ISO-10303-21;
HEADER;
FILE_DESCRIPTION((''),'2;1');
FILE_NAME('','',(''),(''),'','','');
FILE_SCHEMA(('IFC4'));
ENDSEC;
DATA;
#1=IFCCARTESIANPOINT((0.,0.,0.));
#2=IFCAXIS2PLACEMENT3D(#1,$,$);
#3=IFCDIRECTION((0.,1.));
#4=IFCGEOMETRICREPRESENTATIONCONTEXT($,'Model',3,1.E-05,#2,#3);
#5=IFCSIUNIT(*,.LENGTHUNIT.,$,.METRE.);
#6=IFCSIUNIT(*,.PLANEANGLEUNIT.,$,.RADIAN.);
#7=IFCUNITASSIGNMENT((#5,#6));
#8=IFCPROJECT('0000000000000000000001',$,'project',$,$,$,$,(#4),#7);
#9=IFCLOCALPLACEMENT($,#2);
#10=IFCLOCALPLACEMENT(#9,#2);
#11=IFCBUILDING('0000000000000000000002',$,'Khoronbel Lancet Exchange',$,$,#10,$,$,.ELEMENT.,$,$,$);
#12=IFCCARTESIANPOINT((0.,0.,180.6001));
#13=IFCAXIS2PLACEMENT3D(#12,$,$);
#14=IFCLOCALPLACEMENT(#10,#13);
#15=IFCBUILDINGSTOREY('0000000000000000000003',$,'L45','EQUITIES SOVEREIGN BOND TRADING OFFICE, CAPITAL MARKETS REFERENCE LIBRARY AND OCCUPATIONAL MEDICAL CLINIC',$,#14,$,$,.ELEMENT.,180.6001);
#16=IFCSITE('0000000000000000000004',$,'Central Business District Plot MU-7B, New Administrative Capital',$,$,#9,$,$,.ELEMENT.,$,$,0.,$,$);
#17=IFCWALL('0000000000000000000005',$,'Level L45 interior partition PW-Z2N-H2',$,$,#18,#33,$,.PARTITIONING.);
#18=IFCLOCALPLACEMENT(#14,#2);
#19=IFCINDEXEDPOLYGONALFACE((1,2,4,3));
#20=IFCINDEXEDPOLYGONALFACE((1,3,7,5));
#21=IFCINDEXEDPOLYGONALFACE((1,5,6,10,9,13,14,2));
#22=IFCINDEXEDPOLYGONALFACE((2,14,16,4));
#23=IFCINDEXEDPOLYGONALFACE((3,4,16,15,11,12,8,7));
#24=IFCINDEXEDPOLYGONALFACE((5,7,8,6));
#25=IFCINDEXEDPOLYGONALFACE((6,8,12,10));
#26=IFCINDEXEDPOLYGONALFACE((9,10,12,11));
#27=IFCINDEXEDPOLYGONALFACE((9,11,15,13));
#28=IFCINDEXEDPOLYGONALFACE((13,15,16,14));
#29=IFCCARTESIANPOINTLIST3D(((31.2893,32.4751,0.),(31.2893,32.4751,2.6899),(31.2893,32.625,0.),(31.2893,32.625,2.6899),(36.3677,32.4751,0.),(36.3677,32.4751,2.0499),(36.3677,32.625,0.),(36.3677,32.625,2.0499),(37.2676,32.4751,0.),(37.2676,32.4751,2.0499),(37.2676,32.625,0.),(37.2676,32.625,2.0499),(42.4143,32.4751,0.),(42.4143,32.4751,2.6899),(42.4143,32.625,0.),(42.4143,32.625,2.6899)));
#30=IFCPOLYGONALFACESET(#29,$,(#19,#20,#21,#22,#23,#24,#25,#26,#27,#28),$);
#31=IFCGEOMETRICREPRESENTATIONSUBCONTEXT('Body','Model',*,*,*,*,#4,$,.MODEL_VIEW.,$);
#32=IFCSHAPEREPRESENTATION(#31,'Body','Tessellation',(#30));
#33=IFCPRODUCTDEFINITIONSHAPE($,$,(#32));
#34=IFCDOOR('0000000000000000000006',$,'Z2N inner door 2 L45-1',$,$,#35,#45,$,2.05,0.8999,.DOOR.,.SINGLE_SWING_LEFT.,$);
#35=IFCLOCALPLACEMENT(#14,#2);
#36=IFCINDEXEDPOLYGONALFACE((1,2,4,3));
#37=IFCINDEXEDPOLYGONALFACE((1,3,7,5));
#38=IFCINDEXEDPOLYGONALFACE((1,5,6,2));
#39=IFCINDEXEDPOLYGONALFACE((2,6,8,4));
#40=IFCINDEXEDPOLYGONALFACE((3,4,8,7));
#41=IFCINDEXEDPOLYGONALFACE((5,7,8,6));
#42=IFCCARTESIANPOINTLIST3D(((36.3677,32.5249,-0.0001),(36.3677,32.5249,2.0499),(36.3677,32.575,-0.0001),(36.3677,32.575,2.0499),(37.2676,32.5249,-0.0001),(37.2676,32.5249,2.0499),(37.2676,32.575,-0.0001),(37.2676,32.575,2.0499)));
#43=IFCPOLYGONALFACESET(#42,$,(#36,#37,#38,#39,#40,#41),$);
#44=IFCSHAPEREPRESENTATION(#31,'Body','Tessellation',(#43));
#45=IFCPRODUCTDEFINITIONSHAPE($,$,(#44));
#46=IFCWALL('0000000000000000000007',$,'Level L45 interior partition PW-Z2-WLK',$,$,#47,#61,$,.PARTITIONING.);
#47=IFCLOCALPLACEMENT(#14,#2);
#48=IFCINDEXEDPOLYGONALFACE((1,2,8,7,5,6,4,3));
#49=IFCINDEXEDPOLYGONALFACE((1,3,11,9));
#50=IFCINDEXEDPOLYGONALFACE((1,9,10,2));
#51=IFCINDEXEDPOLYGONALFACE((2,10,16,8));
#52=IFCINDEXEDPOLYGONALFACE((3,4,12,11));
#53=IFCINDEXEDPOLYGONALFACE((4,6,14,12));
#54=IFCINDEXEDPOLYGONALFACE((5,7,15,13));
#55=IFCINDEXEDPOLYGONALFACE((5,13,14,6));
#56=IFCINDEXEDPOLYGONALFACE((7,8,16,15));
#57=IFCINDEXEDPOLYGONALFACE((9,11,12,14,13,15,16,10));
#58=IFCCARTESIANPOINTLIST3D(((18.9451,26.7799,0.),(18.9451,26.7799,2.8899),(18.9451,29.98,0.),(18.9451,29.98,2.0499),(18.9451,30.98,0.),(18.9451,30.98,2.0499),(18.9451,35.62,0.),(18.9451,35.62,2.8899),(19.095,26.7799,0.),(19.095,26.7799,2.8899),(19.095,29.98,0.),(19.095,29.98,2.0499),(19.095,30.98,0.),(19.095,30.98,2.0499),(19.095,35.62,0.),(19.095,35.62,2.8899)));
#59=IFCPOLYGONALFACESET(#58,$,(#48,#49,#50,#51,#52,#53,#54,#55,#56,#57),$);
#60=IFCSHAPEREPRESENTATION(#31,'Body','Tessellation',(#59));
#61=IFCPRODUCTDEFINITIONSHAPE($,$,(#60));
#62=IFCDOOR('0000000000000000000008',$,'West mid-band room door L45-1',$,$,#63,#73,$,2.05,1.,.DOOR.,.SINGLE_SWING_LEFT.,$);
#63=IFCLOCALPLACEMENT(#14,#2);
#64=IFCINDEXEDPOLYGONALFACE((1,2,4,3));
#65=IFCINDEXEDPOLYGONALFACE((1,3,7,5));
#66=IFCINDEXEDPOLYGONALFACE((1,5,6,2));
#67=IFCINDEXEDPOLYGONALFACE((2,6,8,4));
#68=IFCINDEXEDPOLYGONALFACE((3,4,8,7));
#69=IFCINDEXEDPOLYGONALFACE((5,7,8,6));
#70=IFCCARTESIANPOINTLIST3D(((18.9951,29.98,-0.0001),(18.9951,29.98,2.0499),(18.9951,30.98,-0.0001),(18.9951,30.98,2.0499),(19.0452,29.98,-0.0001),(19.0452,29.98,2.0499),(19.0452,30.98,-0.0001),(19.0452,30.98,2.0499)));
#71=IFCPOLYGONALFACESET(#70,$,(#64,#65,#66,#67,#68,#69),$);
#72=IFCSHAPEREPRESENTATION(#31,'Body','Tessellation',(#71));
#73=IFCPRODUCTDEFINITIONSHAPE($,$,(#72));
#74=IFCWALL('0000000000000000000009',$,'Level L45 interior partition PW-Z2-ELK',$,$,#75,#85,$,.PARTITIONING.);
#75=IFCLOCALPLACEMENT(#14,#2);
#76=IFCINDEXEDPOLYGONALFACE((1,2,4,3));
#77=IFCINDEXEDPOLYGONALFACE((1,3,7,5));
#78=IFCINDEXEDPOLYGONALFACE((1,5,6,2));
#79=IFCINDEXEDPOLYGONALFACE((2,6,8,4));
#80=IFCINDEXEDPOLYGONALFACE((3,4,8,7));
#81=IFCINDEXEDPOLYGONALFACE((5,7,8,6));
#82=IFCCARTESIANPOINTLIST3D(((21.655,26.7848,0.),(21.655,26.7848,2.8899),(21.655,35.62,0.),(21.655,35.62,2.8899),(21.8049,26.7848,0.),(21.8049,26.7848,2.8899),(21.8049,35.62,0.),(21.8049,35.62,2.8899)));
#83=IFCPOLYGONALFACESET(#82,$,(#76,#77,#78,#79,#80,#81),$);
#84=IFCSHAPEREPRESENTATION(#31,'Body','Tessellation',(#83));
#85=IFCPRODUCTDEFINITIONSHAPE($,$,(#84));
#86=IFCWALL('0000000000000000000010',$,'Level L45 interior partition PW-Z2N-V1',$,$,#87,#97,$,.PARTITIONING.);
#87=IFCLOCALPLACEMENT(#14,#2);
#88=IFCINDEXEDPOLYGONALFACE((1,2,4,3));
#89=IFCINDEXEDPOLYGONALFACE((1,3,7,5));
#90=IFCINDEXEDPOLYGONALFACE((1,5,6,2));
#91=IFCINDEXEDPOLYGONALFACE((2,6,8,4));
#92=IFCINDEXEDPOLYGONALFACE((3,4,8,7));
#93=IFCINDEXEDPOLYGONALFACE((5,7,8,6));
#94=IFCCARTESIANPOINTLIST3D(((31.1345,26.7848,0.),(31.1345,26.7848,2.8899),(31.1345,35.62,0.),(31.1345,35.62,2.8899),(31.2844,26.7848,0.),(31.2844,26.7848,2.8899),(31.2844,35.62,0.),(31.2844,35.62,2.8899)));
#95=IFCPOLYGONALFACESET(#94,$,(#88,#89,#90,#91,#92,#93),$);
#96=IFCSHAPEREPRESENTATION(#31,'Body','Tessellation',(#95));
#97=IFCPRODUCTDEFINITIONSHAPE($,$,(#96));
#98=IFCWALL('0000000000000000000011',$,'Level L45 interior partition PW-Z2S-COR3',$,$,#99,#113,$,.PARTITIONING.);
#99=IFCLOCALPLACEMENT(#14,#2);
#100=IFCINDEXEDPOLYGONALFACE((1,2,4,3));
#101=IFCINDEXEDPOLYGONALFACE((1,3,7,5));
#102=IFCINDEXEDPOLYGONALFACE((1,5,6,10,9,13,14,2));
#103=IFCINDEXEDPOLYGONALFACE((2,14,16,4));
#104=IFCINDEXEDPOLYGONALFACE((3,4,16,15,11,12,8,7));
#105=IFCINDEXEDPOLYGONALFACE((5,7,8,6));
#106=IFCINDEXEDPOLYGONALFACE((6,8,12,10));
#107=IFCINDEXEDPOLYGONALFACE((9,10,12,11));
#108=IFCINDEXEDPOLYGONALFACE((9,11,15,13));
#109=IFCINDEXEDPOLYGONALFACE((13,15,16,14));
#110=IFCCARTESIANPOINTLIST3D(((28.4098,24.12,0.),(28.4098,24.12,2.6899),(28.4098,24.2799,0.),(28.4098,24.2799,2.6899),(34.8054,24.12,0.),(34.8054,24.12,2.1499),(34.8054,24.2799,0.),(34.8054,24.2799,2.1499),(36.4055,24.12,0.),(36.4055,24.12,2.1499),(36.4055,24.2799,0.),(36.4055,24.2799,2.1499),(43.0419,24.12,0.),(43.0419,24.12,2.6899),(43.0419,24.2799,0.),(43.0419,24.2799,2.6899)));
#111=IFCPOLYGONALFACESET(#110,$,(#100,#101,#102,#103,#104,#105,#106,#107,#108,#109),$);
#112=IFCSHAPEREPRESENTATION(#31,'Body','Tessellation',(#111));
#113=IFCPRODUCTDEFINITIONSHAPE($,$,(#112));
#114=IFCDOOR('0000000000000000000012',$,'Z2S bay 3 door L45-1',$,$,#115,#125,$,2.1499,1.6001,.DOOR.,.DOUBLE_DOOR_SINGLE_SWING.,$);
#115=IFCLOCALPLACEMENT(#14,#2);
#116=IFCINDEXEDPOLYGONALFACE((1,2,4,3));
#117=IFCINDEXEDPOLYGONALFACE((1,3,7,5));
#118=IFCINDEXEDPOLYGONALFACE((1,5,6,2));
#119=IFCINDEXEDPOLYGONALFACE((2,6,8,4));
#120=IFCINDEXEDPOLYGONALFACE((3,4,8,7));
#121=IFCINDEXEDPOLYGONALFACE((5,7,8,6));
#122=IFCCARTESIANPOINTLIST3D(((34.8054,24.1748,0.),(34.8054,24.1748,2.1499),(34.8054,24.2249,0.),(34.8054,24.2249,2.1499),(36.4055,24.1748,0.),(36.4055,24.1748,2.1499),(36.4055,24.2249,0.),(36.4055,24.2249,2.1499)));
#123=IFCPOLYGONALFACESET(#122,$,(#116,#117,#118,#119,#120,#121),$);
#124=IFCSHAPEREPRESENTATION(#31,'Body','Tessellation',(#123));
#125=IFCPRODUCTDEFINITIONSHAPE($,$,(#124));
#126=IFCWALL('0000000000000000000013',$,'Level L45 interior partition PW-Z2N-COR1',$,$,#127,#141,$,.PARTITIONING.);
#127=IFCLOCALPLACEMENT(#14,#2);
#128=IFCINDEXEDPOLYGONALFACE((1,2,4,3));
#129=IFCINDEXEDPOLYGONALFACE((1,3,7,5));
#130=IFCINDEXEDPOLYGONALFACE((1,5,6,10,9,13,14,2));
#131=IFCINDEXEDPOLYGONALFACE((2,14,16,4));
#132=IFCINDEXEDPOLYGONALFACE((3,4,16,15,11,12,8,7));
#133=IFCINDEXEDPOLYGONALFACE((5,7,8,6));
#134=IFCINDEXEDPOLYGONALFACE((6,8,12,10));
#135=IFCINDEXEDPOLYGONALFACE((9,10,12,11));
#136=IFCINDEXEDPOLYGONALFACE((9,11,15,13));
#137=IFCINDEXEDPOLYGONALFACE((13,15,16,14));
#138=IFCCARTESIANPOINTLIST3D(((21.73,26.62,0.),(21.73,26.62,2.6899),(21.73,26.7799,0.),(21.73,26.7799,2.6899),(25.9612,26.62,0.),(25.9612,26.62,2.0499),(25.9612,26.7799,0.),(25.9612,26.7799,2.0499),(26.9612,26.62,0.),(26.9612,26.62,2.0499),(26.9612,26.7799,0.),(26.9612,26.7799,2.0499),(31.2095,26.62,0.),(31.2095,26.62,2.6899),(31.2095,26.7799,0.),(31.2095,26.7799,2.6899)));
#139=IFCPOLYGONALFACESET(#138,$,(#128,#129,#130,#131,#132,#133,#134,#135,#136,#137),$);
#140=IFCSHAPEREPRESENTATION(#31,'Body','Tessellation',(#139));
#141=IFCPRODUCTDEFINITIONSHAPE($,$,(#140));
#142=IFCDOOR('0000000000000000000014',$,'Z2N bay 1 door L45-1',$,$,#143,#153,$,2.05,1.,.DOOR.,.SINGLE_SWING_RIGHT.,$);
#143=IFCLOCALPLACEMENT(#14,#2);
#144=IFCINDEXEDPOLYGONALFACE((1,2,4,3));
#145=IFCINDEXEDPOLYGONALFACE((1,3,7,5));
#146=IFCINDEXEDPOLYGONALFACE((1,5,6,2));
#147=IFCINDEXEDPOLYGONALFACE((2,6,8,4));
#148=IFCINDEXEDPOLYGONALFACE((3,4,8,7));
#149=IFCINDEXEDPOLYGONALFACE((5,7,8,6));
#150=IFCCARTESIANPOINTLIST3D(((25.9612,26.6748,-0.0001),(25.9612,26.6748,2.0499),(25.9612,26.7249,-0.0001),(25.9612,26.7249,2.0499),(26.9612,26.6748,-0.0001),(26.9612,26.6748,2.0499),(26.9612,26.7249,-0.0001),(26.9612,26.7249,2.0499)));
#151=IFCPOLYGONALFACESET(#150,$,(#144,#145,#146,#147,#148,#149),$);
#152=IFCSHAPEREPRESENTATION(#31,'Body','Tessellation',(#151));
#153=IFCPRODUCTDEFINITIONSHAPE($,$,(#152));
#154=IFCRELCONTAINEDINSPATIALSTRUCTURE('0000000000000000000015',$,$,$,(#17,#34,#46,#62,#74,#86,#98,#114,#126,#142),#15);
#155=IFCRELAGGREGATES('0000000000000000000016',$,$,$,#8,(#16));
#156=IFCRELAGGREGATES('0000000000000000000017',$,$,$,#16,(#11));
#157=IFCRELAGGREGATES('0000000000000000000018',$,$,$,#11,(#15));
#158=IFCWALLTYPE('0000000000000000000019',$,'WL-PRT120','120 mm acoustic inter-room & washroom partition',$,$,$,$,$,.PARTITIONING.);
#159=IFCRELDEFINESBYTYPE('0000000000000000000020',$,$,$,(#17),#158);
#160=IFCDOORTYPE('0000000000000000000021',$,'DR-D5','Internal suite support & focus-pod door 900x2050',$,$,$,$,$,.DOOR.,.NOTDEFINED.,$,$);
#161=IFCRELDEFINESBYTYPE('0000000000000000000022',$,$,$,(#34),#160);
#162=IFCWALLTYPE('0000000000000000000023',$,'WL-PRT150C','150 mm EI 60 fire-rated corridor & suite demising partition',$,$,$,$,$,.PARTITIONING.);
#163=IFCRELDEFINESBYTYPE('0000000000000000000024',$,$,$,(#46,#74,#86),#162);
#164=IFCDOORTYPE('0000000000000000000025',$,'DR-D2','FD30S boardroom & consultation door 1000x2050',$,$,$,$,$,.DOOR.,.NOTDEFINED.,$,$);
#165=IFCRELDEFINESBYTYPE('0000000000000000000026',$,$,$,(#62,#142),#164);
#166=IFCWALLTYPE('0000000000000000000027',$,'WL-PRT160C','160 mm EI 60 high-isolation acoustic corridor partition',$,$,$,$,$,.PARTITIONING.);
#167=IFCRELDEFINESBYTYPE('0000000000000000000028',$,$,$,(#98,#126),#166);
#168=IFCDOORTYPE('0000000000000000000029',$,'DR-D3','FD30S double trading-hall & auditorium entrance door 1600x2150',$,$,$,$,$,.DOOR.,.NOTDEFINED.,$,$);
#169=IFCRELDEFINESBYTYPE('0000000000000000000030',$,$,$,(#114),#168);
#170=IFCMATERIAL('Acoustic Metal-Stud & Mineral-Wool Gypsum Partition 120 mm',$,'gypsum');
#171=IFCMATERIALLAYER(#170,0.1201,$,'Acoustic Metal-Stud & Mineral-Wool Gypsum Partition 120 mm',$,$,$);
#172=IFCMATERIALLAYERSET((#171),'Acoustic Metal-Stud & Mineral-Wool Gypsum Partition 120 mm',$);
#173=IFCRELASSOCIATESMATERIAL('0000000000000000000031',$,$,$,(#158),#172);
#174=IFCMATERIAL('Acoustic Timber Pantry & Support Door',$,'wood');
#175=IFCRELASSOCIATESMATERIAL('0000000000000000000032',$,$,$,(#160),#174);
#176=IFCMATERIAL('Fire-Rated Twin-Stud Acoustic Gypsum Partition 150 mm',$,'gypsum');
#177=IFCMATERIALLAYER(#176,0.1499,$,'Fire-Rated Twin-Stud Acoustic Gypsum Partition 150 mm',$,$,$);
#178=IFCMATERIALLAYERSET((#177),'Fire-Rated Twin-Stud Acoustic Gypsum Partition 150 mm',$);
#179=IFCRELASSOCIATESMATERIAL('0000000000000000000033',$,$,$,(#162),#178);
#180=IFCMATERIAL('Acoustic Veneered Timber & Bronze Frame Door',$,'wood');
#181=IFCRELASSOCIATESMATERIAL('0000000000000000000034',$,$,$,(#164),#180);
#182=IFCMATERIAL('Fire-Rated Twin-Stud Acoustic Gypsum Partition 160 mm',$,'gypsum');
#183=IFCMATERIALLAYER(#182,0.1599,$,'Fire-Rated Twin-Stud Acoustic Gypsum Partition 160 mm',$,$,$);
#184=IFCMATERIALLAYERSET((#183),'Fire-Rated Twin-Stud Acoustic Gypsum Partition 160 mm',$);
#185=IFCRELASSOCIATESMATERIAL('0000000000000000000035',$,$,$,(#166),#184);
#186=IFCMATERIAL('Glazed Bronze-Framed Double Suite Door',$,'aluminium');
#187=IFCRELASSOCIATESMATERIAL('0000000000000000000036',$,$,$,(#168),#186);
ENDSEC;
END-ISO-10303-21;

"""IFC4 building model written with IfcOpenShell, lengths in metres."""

from ifc_helpers import new_model, si_unit, direction, frame, frame_2d, origin, place, context, subcontext, project, spatial, rectangle, extrude, material, layer, layer_set, type_object, element, fill, save


model = new_model("IFC4")

# Units and contexts
model_context = context("Model", 3, precision=1e-05, world=origin(), true_north=direction((0.0, 1.0)))
body_context = subcontext(model_context, "Body", "Model", "MODEL_VIEW")
ifc_project = project(units=[si_unit("LENGTHUNIT", "METRE"), si_unit("PLANEANGLEUNIT", "RADIAN")], contexts=[model_context])

# Site, building, storey
site_placement = place(None, origin())
site = spatial("IfcSite", under=ifc_project, at=site_placement, Name="Central Business District Plot MU-7B, New Administrative Capital", CompositionType="ELEMENT", RefElevation=0.0)
building_placement = place(site_placement, origin())
building = spatial("IfcBuilding", under=site, at=building_placement, Name="Khoronbel Lancet Exchange", CompositionType="ELEMENT")
storey_placement = place(building_placement, frame((0.0, 0.0, 180.6001)))
storey = spatial("IfcBuildingStorey", under=building, at=storey_placement, Name="L45", Description="EQUITIES SOVEREIGN BOND TRADING OFFICE, CAPITAL MARKETS REFERENCE LIBRARY AND OCCUPATIONAL MEDICAL CLINIC", CompositionType="ELEMENT", Elevation=180.6001)

# Walls, openings, doors
ifc_material_1 = material(Name="Acoustic Metal-Stud & Mineral-Wool Gypsum Partition 120 mm", Category="gypsum")
ifc_layer_1 = layer(ifc_material_1, 0.1201, Name="Acoustic Metal-Stud & Mineral-Wool Gypsum Partition 120 mm")
ifc_layer_set_1 = layer_set([ifc_layer_1], Name="Acoustic Metal-Stud & Mineral-Wool Gypsum Partition 120 mm")
wall_type_1 = type_object("IfcWallType", Name="WL-PRT120", Description="120 mm acoustic inter-room & washroom partition", PredefinedType="PARTITIONING", material=ifc_layer_set_1)
ifc_material_2 = material(Name="Acoustic Timber Pantry & Support Door", Category="wood")
door_type_1 = type_object("IfcDoorType", Name="DR-D5", Description="Internal suite support & focus-pod door 900x2050", OperationType="NOTDEFINED", PredefinedType="DOOR", material=ifc_material_2)
wall_1_placement = place(storey_placement, frame((31.2893, 32.55, 0.0), z_axis=(0.0, 0.0, 1.0), x_axis=(1.0, 0.0, 0.0)))
wall_1 = element("IfcWall", 1, at=wall_1_placement, inside=storey, type_object=wall_type_1, Name="Level L45 interior partition PW-Z2N-H2", PredefinedType="PARTITIONING", context=body_context, shape_type="SweptSolid", body=[
    extrude(rectangle(XDim=11.125, YDim=0.1499, at=frame_2d((5.5625, 0.0))), origin(), (0.0, 0.0, 1.0), 2.6899),
])
opening_1_placement = place(wall_1_placement, frame((5.0784, 0.0, 0.0)))
opening_1 = element("IfcOpeningElement", 2, at=opening_1_placement, cuts=wall_1, PredefinedType="OPENING", context=body_context, shape_type="SweptSolid", body=[
    extrude(rectangle(XDim=0.8999, YDim=2.05, at=frame_2d((0.45, 1.0249))), frame((0.0, 0.085, 0.0), z_axis=(0.0, -1.0, 0.0), x_axis=(1.0, 0.0, 0.0)), (0.0, 0.0, 1.0), 0.1699),
])
door_1_placement = place(opening_1_placement, origin())
door_1 = element("IfcDoor", 3, at=door_1_placement, inside=storey, type_object=door_type_1, Name="Z2N inner door 2 L45-1", OperationType="SINGLE_SWING_LEFT", OverallHeight=2.05, OverallWidth=0.8999, PredefinedType="DOOR", context=body_context, shape_type="SweptSolid", body=[
    extrude(rectangle(XDim=0.8999, YDim=2.05, at=frame_2d((0.45, 1.0249))), frame((0.0, 0.0249, 0.0), z_axis=(0.0, -1.0, 0.0), x_axis=(1.0, 0.0, 0.0)), (0.0, 0.0, 1.0), 0.05),
])
fill(opening_1, door_1)
ifc_material_3 = material(Name="Fire-Rated Twin-Stud Acoustic Gypsum Partition 150 mm", Category="gypsum")
ifc_layer_2 = layer(ifc_material_3, 0.1499, Name="Fire-Rated Twin-Stud Acoustic Gypsum Partition 150 mm")
ifc_layer_set_2 = layer_set([ifc_layer_2], Name="Fire-Rated Twin-Stud Acoustic Gypsum Partition 150 mm")
wall_type_2 = type_object("IfcWallType", Name="WL-PRT150C", Description="150 mm EI 60 fire-rated corridor & suite demising partition", PredefinedType="PARTITIONING", material=ifc_layer_set_2)
wall_2_placement = place(storey_placement, frame((19.02, 26.78, 0.0), z_axis=(0.0, 0.0, 1.0), x_axis=(0.0, 1.0, 0.0)))
wall_2 = element("IfcWall", 4, at=wall_2_placement, inside=storey, type_object=wall_type_2, Name="Level L45 interior partition PW-Z2-WLK", PredefinedType="PARTITIONING", context=body_context, shape_type="SweptSolid", body=[
    extrude(rectangle(XDim=8.8401, YDim=0.1499, at=frame_2d((4.4199, 0.0))), origin(), (0.0, 0.0, 1.0), 2.8899),
])
opening_2_placement = place(wall_2_placement, frame((3.2, 0.0, 0.0)))
opening_2 = element("IfcOpeningElement", 5, at=opening_2_placement, cuts=wall_2, PredefinedType="OPENING", context=body_context, shape_type="SweptSolid", body=[
    extrude(rectangle(XDim=1.0, YDim=2.05, at=frame_2d((0.5, 1.0249))), frame((0.0, 0.085, 0.0), z_axis=(0.0, -1.0, 0.0), x_axis=(1.0, 0.0, 0.0)), (0.0, 0.0, 1.0), 0.1699),
])
ifc_material_4 = material(Name="Acoustic Veneered Timber & Bronze Frame Door", Category="wood")
door_type_2 = type_object("IfcDoorType", Name="DR-D2", Description="FD30S boardroom & consultation door 1000x2050", OperationType="NOTDEFINED", PredefinedType="DOOR", material=ifc_material_4)
door_2_placement = place(opening_2_placement, origin())
door_2 = element("IfcDoor", 6, at=door_2_placement, inside=storey, type_object=door_type_2, Name="West mid-band room door L45-1", OperationType="SINGLE_SWING_LEFT", OverallHeight=2.05, OverallWidth=1.0, PredefinedType="DOOR", context=body_context, shape_type="SweptSolid", body=[
    extrude(rectangle(XDim=1.0, YDim=2.05, at=frame_2d((0.5, 1.0249))), frame((0.0, 0.0249, 0.0), z_axis=(0.0, -1.0, 0.0), x_axis=(1.0, 0.0, 0.0)), (0.0, 0.0, 1.0), 0.05),
])
fill(opening_2, door_2)

# Walls
for number, where, z_axis, x_axis, name in (
    (7, (21.73, 26.7849, 0.0), (0.0, 0.0, 1.0), (0.0, 1.0, 0.0), "Level L45 interior partition PW-Z2-ELK"),
    (8, (31.2095, 26.7849, 0.0), (0.0, 0.0, 1.0), (0.0, 1.0, 0.0), "Level L45 interior partition PW-Z2N-V1"),
):
    element("IfcWall", number, at=place(storey_placement, frame(where, z_axis=z_axis, x_axis=x_axis)), inside=storey, type_object=wall_type_2, Name=name, PredefinedType="PARTITIONING", context=body_context, shape_type="SweptSolid", body=[
        extrude(rectangle(XDim=8.8352, YDim=0.1499, at=frame_2d((4.4175, 0.0))), origin(), (0.0, 0.0, 1.0), 2.8899),
    ])

# Walls, openings, doors
ifc_material_5 = material(Name="Fire-Rated Twin-Stud Acoustic Gypsum Partition 160 mm", Category="gypsum")
ifc_layer_3 = layer(ifc_material_5, 0.1599, Name="Fire-Rated Twin-Stud Acoustic Gypsum Partition 160 mm")
ifc_layer_set_3 = layer_set([ifc_layer_3], Name="Fire-Rated Twin-Stud Acoustic Gypsum Partition 160 mm")
wall_type_3 = type_object("IfcWallType", Name="WL-PRT160C", Description="160 mm EI 60 high-isolation acoustic corridor partition", PredefinedType="PARTITIONING", material=ifc_layer_set_3)
wall_3_placement = place(storey_placement, frame((28.4099, 24.2, 0.0), z_axis=(0.0, 0.0, 1.0), x_axis=(1.0, 0.0, 0.0)))
wall_3 = element("IfcWall", 9, at=wall_3_placement, inside=storey, type_object=wall_type_3, Name="Level L45 interior partition PW-Z2S-COR3", PredefinedType="PARTITIONING", context=body_context, shape_type="SweptSolid", body=[
    extrude(rectangle(XDim=14.6321, YDim=0.1599, at=frame_2d((7.3159, 0.0))), origin(), (0.0, 0.0, 1.0), 2.6899),
])
opening_3_placement = place(wall_3_placement, frame((6.3955, 0.0, 0.0)))
opening_3 = element("IfcOpeningElement", 10, at=opening_3_placement, cuts=wall_3, PredefinedType="OPENING", context=body_context, shape_type="SweptSolid", body=[
    extrude(rectangle(XDim=1.6001, YDim=2.1499, at=frame_2d((0.8, 1.075))), frame((0.0, 0.0898, 0.0), z_axis=(0.0, -1.0, 0.0), x_axis=(1.0, 0.0, 0.0)), (0.0, 0.0, 1.0), 0.1799),
])
ifc_material_6 = material(Name="Glazed Bronze-Framed Double Suite Door", Category="aluminium")
door_type_3 = type_object("IfcDoorType", Name="DR-D3", Description="FD30S double trading-hall & auditorium entrance door 1600x2150", OperationType="NOTDEFINED", PredefinedType="DOOR", material=ifc_material_6)
door_3_placement = place(opening_3_placement, origin())
door_3 = element("IfcDoor", 11, at=door_3_placement, inside=storey, type_object=door_type_3, Name="Z2S bay 3 door L45-1", OperationType="DOUBLE_DOOR_SINGLE_SWING", OverallHeight=2.1499, OverallWidth=1.6001, PredefinedType="DOOR", context=body_context, shape_type="SweptSolid", body=[
    extrude(rectangle(XDim=1.6001, YDim=2.1499, at=frame_2d((0.8, 1.075))), frame((0.0, 0.0249, 0.0), z_axis=(0.0, -1.0, 0.0), x_axis=(1.0, 0.0, 0.0)), (0.0, 0.0, 1.0), 0.05),
])
fill(opening_3, door_3)
wall_4_placement = place(storey_placement, frame((21.73, 26.7, 0.0), z_axis=(0.0, 0.0, 1.0), x_axis=(1.0, 0.0, 0.0)))
wall_4 = element("IfcWall", 12, at=wall_4_placement, inside=storey, type_object=wall_type_3, Name="Level L45 interior partition PW-Z2N-COR1", PredefinedType="PARTITIONING", context=body_context, shape_type="SweptSolid", body=[
    extrude(rectangle(XDim=9.4795, YDim=0.1599, at=frame_2d((4.7397, 0.0))), origin(), (0.0, 0.0, 1.0), 2.6899),
])
opening_4_placement = place(wall_4_placement, frame((4.2312, 0.0, 0.0)))
opening_4 = element("IfcOpeningElement", 13, at=opening_4_placement, cuts=wall_4, PredefinedType="OPENING", context=body_context, shape_type="SweptSolid", body=[
    extrude(rectangle(XDim=1.0, YDim=2.05, at=frame_2d((0.5, 1.0249))), frame((0.0, 0.0898, 0.0), z_axis=(0.0, -1.0, 0.0), x_axis=(1.0, 0.0, 0.0)), (0.0, 0.0, 1.0), 0.1799),
])
door_4_placement = place(opening_4_placement, origin())
door_4 = element("IfcDoor", 14, at=door_4_placement, inside=storey, type_object=door_type_2, Name="Z2N bay 1 door L45-1", OperationType="SINGLE_SWING_RIGHT", OverallHeight=2.05, OverallWidth=1.0, PredefinedType="DOOR", context=body_context, shape_type="SweptSolid", body=[
    extrude(rectangle(XDim=1.0, YDim=2.05, at=frame_2d((0.5, 1.0249))), frame((0.0, 0.0249, 0.0), z_axis=(0.0, -1.0, 0.0), x_axis=(1.0, 0.0, 0.0)), (0.0, 0.0, 1.0), 0.05),
])
fill(opening_4, door_4)

save(model, "model.ifc")
